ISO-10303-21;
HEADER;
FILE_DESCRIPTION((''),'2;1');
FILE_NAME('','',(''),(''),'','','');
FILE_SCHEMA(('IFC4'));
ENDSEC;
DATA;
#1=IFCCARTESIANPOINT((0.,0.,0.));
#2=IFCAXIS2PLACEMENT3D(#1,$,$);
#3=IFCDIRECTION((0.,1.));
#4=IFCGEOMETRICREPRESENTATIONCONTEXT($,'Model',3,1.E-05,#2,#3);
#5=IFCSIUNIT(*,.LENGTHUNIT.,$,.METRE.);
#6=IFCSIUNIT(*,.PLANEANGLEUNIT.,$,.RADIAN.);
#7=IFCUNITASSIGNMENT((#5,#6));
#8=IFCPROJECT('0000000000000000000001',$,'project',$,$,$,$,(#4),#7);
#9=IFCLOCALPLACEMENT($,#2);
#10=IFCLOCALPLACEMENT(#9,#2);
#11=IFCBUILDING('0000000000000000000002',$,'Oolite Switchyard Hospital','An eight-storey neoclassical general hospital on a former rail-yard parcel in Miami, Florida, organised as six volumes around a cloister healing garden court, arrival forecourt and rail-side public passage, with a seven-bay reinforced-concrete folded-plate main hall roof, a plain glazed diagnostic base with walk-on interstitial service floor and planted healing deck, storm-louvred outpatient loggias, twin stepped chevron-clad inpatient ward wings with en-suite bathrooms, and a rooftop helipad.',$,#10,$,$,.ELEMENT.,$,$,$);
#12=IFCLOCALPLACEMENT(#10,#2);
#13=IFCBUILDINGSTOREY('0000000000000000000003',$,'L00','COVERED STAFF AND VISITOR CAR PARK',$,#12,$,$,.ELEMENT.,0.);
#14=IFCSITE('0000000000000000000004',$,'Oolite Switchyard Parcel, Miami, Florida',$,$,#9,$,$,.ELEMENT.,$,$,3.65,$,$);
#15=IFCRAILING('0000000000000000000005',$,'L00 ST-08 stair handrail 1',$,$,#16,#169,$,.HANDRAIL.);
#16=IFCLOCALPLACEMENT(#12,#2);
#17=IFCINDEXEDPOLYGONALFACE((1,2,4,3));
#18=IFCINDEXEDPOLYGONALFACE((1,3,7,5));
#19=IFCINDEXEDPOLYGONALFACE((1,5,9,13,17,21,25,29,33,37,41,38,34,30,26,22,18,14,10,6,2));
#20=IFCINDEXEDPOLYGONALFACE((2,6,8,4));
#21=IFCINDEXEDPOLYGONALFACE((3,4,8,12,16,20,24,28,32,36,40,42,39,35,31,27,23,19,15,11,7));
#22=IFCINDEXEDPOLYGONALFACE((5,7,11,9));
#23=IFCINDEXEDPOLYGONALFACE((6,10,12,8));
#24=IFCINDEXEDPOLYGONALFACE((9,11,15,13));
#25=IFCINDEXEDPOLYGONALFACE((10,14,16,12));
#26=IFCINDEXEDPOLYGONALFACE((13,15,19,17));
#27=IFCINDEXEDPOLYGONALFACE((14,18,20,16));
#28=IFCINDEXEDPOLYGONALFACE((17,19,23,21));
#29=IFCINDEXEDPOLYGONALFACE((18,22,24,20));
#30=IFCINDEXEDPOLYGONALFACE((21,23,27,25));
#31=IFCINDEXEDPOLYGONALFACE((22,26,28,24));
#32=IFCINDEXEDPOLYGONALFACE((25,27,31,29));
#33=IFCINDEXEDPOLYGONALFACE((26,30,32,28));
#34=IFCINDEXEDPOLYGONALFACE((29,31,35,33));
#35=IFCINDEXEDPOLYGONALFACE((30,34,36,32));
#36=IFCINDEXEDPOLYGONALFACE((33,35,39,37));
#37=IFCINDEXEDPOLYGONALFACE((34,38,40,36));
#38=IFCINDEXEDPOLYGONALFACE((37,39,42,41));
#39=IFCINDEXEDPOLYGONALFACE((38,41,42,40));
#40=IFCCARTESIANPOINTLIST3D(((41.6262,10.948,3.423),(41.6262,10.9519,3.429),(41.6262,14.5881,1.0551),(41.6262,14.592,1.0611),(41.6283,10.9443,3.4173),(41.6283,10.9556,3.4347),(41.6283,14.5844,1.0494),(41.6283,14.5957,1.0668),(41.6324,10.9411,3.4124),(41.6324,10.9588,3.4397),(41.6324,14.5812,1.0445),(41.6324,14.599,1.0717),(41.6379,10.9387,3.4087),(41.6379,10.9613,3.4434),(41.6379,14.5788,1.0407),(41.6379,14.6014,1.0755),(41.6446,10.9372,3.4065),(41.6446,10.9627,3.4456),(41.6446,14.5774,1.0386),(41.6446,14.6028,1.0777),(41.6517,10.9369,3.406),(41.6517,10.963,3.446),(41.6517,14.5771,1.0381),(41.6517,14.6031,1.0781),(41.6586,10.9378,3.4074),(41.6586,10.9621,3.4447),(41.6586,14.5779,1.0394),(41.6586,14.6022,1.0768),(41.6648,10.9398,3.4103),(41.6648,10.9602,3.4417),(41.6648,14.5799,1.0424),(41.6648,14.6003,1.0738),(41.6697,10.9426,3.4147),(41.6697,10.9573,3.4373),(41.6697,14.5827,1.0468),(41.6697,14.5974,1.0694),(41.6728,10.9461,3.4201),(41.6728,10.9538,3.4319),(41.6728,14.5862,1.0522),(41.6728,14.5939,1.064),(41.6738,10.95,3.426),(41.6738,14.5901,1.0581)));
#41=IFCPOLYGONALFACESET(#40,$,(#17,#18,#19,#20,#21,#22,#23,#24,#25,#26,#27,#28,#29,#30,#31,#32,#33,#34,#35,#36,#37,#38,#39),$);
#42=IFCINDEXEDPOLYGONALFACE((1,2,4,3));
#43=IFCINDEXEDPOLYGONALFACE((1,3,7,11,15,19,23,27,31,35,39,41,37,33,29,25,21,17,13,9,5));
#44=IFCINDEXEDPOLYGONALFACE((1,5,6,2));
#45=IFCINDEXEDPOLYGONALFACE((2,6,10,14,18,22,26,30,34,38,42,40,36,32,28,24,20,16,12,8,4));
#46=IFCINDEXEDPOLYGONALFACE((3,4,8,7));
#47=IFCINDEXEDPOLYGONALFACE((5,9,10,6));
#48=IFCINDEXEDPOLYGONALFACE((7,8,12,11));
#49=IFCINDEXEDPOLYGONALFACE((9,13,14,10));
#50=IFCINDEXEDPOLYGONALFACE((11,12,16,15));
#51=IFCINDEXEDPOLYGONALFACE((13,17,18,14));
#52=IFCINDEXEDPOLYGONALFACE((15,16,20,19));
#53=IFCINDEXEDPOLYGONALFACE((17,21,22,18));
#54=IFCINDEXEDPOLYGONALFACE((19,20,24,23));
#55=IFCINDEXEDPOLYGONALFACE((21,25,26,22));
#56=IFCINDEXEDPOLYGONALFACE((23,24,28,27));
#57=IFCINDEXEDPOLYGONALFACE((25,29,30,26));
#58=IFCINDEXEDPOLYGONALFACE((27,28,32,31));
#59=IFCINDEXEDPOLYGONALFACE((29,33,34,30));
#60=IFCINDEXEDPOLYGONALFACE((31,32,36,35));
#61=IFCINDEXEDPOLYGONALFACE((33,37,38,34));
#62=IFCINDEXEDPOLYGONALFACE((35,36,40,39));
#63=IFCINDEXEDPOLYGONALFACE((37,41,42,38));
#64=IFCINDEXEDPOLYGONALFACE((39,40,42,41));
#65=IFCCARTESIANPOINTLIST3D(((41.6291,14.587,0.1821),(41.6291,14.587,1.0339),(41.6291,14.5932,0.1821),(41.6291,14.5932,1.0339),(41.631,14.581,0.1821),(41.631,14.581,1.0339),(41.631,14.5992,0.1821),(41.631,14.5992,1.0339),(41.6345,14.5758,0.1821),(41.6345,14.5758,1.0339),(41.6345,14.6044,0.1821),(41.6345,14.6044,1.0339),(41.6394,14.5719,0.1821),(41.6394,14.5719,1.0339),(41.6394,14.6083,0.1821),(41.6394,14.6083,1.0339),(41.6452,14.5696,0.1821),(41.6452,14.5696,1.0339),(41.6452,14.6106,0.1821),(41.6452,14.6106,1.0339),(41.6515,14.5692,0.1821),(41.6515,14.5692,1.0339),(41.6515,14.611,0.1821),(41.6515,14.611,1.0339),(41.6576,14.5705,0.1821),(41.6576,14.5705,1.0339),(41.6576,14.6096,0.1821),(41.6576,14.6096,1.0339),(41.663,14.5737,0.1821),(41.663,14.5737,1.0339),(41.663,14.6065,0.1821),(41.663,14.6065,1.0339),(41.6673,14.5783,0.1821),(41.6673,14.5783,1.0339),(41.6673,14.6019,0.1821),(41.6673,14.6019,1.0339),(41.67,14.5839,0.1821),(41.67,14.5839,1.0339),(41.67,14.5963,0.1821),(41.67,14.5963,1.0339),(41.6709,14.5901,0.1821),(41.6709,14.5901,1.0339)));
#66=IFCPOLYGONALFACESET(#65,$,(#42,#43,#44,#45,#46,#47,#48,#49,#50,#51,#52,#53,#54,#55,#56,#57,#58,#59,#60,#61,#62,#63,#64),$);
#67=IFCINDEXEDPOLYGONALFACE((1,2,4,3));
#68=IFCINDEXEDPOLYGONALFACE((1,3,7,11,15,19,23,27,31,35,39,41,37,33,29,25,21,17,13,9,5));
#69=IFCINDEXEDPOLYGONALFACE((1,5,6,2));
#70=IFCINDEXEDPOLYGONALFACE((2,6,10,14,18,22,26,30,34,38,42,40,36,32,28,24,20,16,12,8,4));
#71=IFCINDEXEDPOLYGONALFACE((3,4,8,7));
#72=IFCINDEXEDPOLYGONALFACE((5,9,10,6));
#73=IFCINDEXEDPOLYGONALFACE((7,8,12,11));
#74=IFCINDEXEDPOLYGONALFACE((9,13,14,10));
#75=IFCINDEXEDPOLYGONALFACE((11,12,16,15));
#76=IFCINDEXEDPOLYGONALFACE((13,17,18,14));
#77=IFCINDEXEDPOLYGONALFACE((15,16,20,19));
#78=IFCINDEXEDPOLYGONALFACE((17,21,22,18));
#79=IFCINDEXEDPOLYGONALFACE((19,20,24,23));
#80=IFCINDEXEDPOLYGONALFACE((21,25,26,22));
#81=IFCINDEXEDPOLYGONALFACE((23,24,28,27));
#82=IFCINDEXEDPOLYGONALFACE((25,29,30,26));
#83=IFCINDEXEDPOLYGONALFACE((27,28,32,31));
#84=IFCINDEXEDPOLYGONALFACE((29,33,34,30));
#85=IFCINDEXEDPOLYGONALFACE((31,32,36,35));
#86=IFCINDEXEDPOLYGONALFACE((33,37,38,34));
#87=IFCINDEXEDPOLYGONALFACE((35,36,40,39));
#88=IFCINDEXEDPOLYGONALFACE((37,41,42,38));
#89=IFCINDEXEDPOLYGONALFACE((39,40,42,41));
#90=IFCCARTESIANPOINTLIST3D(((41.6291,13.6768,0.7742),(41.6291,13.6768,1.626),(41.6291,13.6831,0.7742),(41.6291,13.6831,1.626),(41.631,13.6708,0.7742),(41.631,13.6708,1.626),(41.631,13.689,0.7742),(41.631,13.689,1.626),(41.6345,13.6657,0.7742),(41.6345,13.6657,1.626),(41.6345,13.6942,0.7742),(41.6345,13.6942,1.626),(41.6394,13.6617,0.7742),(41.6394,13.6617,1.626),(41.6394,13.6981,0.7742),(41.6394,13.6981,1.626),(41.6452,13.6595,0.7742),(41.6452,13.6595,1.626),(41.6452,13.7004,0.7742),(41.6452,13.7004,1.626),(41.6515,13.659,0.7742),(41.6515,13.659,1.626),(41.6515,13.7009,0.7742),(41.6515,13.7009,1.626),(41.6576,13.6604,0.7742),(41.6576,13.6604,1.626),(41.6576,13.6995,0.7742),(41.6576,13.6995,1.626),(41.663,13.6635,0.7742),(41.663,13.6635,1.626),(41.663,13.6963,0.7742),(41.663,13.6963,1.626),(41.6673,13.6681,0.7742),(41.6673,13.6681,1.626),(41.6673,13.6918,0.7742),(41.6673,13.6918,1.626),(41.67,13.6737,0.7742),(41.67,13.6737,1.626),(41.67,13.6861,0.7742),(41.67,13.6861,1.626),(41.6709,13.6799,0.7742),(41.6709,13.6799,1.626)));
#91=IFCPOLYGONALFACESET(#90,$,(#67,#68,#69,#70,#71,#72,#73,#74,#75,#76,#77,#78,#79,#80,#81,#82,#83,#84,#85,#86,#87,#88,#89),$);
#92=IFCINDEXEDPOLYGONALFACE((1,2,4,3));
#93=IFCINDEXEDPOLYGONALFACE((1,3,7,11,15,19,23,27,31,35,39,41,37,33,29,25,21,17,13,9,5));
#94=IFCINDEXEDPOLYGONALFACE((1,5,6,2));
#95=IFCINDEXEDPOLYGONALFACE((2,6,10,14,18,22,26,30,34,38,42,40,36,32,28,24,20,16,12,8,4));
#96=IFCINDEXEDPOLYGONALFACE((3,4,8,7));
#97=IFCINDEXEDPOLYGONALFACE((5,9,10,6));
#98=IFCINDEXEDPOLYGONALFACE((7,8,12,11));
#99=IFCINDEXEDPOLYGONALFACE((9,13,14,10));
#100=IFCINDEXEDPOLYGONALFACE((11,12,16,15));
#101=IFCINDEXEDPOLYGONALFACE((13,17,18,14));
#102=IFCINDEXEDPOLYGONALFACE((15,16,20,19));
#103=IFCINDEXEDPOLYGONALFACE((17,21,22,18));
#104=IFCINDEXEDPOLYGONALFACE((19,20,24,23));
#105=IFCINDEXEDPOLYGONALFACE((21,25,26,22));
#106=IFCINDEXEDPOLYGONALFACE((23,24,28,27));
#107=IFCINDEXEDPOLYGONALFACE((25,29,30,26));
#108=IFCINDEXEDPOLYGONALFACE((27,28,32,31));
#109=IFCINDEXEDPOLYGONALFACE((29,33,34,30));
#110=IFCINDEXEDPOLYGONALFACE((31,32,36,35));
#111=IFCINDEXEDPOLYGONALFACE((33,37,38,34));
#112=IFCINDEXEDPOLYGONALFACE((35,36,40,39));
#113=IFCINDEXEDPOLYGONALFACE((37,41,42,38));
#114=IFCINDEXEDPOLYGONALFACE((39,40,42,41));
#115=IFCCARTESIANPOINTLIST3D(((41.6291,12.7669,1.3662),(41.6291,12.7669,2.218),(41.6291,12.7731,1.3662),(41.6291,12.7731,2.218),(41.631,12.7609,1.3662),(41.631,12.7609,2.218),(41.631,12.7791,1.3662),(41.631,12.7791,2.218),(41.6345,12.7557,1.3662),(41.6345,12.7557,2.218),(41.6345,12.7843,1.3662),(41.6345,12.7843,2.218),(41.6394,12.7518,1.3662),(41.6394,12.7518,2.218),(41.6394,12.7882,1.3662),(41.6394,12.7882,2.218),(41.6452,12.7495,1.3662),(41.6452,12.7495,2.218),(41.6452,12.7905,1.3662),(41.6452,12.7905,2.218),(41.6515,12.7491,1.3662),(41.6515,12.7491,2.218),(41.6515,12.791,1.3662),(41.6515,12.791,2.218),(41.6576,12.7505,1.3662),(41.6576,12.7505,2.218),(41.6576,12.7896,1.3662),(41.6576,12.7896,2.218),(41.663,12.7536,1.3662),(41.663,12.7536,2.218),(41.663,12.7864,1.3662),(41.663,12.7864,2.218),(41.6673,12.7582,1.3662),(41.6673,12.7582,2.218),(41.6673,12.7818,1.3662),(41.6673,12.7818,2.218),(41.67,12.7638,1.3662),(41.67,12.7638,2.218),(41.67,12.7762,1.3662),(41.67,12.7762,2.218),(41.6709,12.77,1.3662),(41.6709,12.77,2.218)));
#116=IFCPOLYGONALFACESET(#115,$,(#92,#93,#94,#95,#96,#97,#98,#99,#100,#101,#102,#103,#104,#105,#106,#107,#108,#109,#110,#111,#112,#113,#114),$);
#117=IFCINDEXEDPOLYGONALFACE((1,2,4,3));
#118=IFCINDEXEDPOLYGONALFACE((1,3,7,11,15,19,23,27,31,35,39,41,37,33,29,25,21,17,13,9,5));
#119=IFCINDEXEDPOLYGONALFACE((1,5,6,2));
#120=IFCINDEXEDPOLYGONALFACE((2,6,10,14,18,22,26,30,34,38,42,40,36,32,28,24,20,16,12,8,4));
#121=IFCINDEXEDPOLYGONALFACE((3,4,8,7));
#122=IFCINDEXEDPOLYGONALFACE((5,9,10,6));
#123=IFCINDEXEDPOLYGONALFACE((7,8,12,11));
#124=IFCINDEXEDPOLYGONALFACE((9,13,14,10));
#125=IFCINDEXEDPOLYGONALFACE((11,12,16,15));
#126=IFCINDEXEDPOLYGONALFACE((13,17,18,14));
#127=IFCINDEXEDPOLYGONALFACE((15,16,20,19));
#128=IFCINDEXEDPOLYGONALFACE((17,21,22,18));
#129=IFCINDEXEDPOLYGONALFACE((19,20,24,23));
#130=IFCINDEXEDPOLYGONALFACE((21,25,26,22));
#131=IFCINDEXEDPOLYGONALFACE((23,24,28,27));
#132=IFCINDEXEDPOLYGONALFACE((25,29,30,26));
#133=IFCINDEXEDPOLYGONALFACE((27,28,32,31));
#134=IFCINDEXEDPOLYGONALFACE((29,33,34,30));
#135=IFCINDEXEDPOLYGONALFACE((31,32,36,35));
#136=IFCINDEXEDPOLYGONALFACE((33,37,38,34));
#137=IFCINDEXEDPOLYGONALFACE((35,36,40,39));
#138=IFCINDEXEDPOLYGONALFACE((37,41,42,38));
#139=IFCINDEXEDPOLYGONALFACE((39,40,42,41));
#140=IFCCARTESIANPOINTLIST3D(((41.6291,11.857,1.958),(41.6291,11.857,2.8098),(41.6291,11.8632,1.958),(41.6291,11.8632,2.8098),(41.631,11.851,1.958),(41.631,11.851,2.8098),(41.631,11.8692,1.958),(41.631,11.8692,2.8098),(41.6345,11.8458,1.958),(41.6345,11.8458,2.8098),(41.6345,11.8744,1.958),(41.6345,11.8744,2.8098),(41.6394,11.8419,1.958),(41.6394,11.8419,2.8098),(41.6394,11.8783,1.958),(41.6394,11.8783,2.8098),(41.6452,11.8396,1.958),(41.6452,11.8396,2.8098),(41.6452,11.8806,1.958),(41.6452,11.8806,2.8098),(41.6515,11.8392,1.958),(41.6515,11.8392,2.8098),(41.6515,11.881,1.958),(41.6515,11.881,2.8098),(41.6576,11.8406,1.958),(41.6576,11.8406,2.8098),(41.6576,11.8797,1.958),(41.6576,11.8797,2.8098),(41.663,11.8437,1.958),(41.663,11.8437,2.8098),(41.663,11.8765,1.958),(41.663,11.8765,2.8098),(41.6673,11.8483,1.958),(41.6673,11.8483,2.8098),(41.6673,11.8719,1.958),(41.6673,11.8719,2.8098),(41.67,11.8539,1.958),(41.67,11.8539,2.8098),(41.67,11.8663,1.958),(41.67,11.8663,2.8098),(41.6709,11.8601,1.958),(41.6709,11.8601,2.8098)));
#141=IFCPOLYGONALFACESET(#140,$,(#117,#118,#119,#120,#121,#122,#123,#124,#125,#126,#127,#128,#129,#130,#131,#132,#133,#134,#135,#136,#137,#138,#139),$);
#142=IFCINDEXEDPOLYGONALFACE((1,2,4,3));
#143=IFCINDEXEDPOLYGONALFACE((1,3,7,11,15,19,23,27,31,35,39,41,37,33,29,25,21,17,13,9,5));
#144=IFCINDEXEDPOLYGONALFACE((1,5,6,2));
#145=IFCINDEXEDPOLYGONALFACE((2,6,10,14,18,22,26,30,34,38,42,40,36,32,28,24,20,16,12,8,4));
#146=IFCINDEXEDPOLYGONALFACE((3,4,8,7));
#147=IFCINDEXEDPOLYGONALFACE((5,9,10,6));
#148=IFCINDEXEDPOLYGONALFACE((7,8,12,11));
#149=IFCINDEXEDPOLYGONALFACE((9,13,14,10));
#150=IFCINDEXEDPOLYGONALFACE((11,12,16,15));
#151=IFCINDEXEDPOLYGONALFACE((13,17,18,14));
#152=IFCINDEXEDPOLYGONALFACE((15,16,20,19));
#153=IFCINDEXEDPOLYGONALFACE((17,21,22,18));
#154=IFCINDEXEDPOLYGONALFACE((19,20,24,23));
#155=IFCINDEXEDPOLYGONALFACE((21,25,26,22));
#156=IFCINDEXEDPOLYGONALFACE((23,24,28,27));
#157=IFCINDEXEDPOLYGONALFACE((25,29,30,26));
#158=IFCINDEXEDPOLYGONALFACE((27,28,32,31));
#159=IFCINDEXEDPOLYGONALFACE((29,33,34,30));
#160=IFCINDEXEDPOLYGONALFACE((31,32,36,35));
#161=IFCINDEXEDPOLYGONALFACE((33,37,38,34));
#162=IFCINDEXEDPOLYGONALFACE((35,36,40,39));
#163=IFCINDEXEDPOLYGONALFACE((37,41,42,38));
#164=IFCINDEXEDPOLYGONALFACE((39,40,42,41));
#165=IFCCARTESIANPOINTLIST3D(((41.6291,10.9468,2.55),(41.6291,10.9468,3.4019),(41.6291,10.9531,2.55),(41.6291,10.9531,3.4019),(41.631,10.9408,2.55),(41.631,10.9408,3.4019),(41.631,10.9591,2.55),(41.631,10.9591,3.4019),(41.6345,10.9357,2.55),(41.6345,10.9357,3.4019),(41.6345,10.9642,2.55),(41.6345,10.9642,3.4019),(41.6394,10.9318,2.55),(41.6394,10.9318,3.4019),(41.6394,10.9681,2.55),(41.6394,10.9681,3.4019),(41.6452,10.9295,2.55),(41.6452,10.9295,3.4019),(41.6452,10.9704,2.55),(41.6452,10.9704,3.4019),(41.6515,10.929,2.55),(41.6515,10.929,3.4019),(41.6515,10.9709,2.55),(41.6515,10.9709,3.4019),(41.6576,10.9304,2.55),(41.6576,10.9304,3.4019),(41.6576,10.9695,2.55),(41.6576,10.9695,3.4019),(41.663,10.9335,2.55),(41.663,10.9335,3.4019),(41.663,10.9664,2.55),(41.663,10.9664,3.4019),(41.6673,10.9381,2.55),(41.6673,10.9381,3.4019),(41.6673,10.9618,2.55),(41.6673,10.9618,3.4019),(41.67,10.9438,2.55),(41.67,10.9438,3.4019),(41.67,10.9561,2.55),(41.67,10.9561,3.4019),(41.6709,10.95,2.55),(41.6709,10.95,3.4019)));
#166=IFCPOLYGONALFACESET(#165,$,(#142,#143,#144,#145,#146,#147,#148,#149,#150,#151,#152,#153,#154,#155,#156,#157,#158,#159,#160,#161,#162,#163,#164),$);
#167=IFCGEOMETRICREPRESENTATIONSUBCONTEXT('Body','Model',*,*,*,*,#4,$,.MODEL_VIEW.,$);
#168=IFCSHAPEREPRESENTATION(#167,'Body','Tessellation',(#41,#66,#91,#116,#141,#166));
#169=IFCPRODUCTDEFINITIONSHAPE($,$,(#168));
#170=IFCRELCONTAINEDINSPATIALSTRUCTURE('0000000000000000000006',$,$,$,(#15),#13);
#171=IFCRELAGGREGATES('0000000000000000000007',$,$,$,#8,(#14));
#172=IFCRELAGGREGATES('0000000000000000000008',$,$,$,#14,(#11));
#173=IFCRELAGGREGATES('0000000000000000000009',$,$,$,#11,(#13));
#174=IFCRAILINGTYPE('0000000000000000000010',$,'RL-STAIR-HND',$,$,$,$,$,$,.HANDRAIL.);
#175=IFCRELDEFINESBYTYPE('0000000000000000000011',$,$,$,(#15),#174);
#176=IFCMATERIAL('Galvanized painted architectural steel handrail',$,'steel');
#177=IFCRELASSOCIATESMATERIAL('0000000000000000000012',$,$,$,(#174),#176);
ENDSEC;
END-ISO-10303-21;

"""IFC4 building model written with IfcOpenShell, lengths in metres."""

from ifc_helpers import new_model, si_unit, direction, frame, origin, origin_2d, place, context, subcontext, project, spatial, circle, extrude, material, type_object, element, save


model = new_model("IFC4")

# Units and contexts
model_context = context("Model", 3, precision=1e-05, world=origin(), true_north=direction((0.0, 1.0)))
body_context = subcontext(model_context, "Body", "Model", "MODEL_VIEW")
ifc_project = project(units=[si_unit("LENGTHUNIT", "METRE"), si_unit("PLANEANGLEUNIT", "RADIAN")], contexts=[model_context])

# Site, building, storey
site_placement = place(None, origin())
site = spatial("IfcSite", under=ifc_project, at=site_placement, Name="Oolite Switchyard Parcel, Miami, Florida", CompositionType="ELEMENT", RefElevation=3.65)
building_placement = place(site_placement, origin())
building = spatial("IfcBuilding", under=site, at=building_placement, Name="Oolite Switchyard Hospital", Description="An eight-storey neoclassical general hospital on a former rail-yard parcel in Miami, Florida, organised as six volumes around a cloister healing garden court, arrival forecourt and rail-side public passage, with a seven-bay reinforced-concrete folded-plate main hall roof, a plain glazed diagnostic base with walk-on interstitial service floor and planted healing deck, storm-louvred outpatient loggias, twin stepped chevron-clad inpatient ward wings with en-suite bathrooms, and a rooftop helipad.", CompositionType="ELEMENT")
storey_placement = place(building_placement, origin())
storey = spatial("IfcBuildingStorey", under=building, at=storey_placement, Name="L00", Description="COVERED STAFF AND VISITOR CAR PARK", CompositionType="ELEMENT", Elevation=0.0)

# Railing
ifc_material_1 = material(Name="Galvanized painted architectural steel handrail", Category="steel")
railing_type_1 = type_object("IfcRailingType", Name="RL-STAIR-HND", PredefinedType="HANDRAIL", material=ifc_material_1)
railing_1_placement = place(storey_placement, frame((41.6499, 14.5901, 0.1821)))
element("IfcRailing", 1, at=railing_1_placement, inside=storey, type_object=railing_type_1, Name="L00 ST-08 stair handrail 1", PredefinedType="HANDRAIL", context=body_context, shape_type="SweptSolid", body=[
    extrude(circle(Radius=0.0239, at=origin_2d()), frame((0.0, 0.0, 0.876), z_axis=(0.0, -0.838251, 0.545285), x_axis=(1.0, 0.0, 0.0)), (0.0, 0.0, 1.0), 4.3425),
    extrude(circle(Radius=0.021, at=origin_2d()), origin(), (0.0, 0.0, 1.0), 0.8518),
    extrude(circle(Radius=0.021, at=origin_2d()), frame((0.0, -0.9102, 0.592)), (0.0, 0.0, 1.0), 0.8518),
    extrude(circle(Radius=0.021, at=origin_2d()), frame((0.0, -1.8201, 1.1841)), (0.0, 0.0, 1.0), 0.8518),
    extrude(circle(Radius=0.021, at=origin_2d()), frame((0.0, -2.73, 1.7759)), (0.0, 0.0, 1.0), 0.8518),
    extrude(circle(Radius=0.021, at=origin_2d()), frame((0.0, -3.6401, 2.3679)), (0.0, 0.0, 1.0), 0.8518),
])

save(model, "model.ifc")
